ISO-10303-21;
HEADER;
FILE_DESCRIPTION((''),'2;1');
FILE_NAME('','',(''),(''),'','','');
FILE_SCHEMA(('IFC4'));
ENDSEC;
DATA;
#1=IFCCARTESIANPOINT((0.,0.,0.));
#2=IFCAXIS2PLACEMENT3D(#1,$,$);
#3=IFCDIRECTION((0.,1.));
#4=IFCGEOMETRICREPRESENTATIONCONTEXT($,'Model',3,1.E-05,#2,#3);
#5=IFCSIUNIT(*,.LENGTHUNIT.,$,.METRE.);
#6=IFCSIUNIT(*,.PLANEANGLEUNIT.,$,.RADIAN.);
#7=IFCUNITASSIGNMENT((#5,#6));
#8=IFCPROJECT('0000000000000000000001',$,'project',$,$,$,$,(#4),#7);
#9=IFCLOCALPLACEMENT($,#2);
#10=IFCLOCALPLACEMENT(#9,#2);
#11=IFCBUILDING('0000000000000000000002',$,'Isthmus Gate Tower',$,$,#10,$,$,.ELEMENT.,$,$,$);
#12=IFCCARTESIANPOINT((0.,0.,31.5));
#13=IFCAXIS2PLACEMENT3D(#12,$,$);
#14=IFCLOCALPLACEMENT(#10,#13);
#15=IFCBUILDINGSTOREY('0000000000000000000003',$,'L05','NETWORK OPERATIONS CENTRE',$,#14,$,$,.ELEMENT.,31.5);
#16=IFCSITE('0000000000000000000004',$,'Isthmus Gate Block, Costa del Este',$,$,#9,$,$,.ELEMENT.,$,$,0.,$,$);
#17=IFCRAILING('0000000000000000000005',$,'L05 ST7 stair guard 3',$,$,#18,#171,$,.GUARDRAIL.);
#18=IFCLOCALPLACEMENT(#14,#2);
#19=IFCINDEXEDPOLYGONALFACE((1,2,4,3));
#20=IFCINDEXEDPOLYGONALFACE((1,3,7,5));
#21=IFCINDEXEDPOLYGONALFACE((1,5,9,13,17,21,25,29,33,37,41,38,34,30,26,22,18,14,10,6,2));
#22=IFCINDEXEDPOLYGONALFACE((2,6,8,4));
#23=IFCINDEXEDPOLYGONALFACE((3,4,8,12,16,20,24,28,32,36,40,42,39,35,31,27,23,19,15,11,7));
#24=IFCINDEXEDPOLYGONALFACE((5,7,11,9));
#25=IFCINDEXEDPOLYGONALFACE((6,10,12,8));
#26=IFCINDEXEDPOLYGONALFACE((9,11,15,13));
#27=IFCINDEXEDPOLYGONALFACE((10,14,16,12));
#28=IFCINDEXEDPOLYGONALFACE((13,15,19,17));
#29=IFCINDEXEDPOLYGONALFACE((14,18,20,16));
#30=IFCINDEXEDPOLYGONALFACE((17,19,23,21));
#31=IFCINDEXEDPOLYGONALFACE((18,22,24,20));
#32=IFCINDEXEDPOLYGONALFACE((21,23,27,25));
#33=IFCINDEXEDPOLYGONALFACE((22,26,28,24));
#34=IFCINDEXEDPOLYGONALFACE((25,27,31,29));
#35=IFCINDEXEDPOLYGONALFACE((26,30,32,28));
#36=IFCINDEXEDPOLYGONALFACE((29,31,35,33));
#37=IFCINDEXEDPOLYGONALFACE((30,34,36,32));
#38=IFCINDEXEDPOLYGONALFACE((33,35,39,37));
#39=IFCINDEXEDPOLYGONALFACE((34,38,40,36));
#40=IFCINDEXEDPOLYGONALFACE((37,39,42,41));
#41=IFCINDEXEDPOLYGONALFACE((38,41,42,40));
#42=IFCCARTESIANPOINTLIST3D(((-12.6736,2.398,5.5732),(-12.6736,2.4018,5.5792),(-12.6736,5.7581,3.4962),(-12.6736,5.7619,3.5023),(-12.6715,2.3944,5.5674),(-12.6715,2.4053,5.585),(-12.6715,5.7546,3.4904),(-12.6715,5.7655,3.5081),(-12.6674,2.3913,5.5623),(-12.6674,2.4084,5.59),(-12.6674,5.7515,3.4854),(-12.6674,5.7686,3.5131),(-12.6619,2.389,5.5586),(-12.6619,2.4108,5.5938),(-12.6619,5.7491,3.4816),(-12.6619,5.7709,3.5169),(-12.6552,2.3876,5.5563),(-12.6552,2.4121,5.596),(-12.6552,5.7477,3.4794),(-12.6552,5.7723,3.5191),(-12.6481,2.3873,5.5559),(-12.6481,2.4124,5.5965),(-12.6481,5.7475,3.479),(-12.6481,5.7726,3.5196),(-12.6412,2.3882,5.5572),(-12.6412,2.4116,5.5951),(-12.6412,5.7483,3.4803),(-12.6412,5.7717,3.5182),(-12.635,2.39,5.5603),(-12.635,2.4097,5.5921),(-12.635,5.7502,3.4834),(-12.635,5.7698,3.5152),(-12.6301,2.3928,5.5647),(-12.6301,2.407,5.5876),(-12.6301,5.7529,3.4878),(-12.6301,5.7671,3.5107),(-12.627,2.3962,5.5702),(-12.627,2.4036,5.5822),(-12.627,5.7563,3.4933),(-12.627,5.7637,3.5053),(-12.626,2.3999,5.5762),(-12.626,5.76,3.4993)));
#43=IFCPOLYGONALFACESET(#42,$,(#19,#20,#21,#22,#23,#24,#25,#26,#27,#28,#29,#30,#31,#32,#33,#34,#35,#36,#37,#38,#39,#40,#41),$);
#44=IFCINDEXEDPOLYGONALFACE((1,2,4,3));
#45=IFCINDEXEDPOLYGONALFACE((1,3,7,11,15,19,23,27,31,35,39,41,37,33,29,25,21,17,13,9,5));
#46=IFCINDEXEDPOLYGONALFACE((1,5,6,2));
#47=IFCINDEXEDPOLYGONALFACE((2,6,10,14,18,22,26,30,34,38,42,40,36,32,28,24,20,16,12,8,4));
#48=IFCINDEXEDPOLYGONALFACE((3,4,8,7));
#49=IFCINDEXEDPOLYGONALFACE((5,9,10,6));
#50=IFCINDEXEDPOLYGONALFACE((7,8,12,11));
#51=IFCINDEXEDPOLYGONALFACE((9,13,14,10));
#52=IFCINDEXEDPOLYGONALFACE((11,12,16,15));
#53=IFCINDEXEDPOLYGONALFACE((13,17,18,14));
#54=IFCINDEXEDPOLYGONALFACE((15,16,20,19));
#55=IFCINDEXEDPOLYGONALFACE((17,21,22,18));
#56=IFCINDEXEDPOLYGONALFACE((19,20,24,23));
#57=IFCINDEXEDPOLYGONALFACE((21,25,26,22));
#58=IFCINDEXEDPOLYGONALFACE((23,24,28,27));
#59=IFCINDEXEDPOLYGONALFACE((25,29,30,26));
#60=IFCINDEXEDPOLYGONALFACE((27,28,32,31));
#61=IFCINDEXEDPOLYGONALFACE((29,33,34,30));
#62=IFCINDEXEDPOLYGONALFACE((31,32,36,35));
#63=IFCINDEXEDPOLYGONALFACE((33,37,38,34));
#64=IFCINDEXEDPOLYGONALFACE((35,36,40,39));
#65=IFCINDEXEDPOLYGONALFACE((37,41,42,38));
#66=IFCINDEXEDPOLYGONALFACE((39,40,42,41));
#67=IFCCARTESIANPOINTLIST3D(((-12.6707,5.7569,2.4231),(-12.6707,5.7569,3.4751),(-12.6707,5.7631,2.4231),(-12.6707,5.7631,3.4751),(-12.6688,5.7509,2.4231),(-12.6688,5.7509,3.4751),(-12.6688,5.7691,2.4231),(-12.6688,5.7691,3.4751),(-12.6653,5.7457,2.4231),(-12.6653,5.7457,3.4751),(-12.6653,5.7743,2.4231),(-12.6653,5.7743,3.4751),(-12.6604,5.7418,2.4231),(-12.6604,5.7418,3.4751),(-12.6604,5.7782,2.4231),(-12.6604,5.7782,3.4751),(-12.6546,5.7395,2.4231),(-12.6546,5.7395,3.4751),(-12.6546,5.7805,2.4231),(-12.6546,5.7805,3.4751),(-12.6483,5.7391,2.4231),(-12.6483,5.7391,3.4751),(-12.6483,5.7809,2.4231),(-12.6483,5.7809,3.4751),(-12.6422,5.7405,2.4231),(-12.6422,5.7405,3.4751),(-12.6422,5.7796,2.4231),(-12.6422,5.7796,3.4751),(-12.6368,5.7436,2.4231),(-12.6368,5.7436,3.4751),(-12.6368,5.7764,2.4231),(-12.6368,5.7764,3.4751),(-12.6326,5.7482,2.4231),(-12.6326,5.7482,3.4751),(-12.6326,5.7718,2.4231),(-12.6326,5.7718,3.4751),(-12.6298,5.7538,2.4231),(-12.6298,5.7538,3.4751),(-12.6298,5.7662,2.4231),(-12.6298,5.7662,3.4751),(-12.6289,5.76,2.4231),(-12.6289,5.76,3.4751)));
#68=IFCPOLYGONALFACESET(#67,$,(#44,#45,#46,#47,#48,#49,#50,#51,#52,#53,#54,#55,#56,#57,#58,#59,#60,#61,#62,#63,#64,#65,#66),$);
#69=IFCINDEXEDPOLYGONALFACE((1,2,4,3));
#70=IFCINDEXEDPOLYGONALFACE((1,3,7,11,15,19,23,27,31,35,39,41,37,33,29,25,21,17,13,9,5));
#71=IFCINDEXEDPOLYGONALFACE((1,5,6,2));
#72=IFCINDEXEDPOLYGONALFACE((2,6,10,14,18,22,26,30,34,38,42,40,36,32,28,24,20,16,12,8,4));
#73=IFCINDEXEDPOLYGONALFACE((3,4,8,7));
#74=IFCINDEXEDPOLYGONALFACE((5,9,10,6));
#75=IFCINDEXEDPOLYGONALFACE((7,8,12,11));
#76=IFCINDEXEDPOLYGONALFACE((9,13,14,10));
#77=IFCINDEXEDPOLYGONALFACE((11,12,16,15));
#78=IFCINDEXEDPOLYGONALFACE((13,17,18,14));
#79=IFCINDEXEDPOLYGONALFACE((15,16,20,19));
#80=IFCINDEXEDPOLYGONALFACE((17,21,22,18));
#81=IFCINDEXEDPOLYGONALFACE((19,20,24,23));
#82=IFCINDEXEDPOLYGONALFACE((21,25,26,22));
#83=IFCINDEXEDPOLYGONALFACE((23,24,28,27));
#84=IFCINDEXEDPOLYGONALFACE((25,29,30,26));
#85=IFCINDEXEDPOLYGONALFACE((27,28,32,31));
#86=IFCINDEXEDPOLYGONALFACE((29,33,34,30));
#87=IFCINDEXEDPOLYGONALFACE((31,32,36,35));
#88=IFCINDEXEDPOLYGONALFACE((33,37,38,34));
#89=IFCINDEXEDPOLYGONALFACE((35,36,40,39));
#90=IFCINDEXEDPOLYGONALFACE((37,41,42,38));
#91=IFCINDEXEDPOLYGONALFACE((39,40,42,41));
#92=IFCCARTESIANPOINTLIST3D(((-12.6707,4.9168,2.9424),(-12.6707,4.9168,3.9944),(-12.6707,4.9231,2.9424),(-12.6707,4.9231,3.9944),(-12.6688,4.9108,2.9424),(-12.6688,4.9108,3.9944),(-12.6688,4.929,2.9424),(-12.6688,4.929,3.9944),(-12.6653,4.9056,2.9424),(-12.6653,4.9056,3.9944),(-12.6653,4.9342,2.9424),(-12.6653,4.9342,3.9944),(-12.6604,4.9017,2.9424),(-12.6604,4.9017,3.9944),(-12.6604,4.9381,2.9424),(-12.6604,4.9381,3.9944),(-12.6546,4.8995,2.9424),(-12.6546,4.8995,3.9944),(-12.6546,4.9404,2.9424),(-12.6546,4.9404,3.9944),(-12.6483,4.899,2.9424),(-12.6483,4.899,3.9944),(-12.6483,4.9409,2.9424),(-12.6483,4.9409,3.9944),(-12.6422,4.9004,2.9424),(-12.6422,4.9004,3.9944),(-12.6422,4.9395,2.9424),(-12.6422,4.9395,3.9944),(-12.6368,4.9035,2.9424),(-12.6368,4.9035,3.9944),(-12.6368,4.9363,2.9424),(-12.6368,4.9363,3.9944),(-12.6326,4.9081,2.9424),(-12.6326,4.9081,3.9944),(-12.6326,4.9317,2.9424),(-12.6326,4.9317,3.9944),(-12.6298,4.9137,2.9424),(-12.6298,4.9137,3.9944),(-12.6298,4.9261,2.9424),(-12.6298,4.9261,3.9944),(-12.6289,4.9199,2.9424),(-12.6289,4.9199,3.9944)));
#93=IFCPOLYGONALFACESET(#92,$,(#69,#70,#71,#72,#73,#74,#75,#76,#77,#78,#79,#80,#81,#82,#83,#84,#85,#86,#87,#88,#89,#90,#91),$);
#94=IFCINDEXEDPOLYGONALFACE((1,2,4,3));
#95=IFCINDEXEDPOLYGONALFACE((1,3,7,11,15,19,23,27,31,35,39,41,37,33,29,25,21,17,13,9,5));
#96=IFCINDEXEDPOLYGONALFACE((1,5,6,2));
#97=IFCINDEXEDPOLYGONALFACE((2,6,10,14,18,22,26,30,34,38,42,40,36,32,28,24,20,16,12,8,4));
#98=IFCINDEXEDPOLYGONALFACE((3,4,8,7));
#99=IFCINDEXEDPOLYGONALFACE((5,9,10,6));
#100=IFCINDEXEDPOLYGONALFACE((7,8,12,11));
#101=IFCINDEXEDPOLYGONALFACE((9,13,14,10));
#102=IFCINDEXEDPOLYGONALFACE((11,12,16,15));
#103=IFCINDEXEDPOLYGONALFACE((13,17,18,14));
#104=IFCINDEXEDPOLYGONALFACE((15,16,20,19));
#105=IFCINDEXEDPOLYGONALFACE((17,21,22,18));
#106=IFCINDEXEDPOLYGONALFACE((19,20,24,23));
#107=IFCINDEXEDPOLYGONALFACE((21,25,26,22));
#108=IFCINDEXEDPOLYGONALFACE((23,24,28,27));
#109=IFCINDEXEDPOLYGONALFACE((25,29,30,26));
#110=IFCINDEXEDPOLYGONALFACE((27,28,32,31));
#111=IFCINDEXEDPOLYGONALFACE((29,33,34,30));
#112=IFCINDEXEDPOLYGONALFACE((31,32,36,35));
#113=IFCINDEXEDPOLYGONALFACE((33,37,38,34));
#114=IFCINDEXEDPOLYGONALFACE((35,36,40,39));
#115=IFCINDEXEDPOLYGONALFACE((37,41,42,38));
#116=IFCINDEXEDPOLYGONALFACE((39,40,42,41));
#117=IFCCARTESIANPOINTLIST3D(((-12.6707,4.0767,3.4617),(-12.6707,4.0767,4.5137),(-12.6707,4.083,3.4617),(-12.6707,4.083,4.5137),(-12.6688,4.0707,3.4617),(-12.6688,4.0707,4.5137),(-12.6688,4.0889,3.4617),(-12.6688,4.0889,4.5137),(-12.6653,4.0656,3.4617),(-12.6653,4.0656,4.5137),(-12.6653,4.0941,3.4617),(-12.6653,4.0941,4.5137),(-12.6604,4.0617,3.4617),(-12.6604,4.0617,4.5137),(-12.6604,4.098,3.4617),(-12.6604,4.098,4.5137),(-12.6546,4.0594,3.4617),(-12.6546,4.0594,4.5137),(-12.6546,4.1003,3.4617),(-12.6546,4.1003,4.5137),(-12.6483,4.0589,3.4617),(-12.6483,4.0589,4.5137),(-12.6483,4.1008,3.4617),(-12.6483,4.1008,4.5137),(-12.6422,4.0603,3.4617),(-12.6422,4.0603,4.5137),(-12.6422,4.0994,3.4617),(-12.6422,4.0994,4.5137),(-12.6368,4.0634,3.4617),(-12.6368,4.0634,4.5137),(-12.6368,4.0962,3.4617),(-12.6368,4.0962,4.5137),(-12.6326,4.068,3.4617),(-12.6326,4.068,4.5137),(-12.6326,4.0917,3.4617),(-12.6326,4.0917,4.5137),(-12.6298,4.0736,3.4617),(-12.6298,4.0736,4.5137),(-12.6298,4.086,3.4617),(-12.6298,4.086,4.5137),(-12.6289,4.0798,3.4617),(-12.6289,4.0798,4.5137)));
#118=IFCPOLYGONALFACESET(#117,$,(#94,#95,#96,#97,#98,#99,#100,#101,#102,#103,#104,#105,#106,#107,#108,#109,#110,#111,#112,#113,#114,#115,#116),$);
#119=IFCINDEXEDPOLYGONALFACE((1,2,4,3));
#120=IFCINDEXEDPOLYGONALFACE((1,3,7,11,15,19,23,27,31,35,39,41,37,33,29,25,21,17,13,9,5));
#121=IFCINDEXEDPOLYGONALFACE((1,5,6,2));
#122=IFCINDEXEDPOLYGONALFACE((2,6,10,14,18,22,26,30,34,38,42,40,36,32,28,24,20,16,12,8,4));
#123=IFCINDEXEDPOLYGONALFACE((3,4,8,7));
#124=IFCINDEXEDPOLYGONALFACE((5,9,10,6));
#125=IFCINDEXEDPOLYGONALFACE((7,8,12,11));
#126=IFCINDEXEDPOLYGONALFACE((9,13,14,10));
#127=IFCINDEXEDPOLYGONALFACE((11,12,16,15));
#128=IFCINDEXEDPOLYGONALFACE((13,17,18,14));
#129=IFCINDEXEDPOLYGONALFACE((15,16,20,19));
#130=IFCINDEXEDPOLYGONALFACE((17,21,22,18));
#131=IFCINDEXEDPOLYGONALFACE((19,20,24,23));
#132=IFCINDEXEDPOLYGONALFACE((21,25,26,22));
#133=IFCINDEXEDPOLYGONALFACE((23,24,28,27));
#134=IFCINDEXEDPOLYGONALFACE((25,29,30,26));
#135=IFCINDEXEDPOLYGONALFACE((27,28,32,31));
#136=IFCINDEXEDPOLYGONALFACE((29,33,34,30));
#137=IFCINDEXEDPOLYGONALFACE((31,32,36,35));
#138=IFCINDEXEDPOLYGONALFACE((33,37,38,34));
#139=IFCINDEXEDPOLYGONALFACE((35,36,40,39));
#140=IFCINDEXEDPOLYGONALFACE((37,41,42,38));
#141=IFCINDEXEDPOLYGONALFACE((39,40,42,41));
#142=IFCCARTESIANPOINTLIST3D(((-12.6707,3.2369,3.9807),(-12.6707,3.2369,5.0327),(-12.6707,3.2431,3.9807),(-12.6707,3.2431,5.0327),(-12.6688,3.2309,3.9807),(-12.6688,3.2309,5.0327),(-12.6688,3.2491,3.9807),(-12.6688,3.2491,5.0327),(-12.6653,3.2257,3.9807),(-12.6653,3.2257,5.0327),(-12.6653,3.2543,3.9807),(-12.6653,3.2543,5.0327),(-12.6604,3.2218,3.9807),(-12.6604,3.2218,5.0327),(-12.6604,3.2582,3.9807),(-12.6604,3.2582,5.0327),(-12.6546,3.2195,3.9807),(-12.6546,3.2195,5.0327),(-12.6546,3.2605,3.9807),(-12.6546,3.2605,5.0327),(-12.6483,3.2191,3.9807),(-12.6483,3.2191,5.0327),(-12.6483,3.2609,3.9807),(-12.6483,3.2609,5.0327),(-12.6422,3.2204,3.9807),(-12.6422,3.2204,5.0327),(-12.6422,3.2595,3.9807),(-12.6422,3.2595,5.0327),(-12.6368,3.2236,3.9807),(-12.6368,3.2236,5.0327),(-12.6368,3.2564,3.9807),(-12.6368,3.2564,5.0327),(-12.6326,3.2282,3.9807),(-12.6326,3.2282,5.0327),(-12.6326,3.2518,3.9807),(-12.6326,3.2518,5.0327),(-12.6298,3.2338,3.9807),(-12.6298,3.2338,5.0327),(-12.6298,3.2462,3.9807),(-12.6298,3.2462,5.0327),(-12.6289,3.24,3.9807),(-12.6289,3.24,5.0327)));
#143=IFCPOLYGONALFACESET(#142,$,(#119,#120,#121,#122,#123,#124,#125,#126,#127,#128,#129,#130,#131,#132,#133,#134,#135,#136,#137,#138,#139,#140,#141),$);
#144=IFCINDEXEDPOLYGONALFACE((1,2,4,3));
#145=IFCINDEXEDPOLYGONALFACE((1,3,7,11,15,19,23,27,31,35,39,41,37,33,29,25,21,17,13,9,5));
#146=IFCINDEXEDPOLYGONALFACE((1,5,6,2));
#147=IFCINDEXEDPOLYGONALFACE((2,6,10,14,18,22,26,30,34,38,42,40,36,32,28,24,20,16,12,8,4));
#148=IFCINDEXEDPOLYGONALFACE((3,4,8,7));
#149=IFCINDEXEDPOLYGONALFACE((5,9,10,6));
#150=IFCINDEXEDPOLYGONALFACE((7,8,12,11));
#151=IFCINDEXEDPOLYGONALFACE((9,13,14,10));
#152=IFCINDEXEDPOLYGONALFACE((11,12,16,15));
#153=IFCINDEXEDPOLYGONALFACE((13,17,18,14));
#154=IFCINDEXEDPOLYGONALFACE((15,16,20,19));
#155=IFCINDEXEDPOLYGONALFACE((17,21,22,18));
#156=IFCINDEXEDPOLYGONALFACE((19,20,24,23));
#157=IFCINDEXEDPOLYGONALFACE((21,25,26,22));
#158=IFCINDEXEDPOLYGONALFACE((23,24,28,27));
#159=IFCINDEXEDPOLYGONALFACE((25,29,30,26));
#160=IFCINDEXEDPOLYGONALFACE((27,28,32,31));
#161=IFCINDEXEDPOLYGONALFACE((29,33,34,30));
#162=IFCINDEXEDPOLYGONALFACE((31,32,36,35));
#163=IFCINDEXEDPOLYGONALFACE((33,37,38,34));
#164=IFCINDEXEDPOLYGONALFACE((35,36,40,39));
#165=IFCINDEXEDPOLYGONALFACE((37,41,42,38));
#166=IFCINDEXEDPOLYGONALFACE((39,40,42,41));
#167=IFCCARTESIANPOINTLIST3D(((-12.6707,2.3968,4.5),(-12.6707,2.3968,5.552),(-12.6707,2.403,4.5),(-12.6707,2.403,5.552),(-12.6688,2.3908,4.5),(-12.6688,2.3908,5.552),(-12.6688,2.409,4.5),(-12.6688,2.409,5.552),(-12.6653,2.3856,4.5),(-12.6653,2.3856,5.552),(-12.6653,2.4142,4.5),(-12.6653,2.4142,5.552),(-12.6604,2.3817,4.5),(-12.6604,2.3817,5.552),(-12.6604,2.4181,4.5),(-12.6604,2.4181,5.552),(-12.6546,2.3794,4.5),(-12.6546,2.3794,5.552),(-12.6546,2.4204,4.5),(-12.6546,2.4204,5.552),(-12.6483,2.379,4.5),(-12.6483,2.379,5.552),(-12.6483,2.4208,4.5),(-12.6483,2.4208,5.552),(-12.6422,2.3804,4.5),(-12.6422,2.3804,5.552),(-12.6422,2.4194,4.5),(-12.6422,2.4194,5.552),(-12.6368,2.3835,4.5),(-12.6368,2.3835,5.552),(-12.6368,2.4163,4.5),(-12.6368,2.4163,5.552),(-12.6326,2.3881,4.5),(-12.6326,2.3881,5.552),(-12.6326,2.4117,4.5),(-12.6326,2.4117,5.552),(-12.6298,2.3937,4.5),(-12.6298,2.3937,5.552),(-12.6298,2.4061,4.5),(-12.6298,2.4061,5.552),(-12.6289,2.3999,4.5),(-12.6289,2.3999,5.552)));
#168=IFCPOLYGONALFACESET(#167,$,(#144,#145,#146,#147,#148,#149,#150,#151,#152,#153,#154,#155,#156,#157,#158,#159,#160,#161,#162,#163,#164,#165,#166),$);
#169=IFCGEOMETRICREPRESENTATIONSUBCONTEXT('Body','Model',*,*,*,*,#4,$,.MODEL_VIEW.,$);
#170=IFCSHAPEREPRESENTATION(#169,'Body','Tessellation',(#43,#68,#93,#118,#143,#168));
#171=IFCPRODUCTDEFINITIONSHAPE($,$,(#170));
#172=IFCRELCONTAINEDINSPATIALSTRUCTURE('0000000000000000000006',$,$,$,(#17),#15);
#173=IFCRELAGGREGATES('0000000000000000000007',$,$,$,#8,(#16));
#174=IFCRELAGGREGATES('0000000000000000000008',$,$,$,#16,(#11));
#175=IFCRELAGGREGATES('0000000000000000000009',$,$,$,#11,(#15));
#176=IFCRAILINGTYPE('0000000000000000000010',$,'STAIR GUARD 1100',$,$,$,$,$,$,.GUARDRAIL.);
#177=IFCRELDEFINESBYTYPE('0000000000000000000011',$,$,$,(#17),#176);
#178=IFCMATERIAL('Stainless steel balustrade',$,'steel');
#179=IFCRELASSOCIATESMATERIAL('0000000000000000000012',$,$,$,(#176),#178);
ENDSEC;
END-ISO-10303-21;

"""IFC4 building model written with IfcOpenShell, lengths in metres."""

from ifc_helpers import new_model, si_unit, direction, frame, origin, origin_2d, place, context, subcontext, project, spatial, circle, extrude, material, type_object, element, save


model = new_model("IFC4")

# Units and contexts
model_context = context("Model", 3, precision=1e-05, world=origin(), true_north=direction((0.0, 1.0)))
body_context = subcontext(model_context, "Body", "Model", "MODEL_VIEW")
ifc_project = project(units=[si_unit("LENGTHUNIT", "METRE"), si_unit("PLANEANGLEUNIT", "RADIAN")], contexts=[model_context])

# Site, building, storey
site_placement = place(None, origin())
site = spatial("IfcSite", under=ifc_project, at=site_placement, Name="Isthmus Gate Block, Costa del Este", CompositionType="ELEMENT", RefElevation=0.0)
building_placement = place(site_placement, origin())
building = spatial("IfcBuilding", under=site, at=building_placement, Name="Isthmus Gate Tower", CompositionType="ELEMENT")
storey_placement = place(building_placement, frame((0.0, 0.0, 31.5)))
storey = spatial("IfcBuildingStorey", under=building, at=storey_placement, Name="L05", Description="NETWORK OPERATIONS CENTRE", CompositionType="ELEMENT", Elevation=31.5)

# Railing
ifc_material_1 = material(Name="Stainless steel balustrade", Category="steel")
railing_type_1 = type_object("IfcRailingType", Name="STAIR GUARD 1100", PredefinedType="GUARDRAIL", material=ifc_material_1)
railing_1_placement = place(storey_placement, frame((-12.6499, 5.76, 2.4231)))
element("IfcRailing", 1, at=railing_1_placement, inside=storey, type_object=railing_type_1, Name="L05 ST7 stair guard 3", PredefinedType="GUARDRAIL", context=body_context, shape_type="SweptSolid", body=[
    extrude(circle(Radius=0.0239, at=origin_2d()), frame((0.0, 0.0, 1.0762), z_axis=(0.0, -0.850623, 0.525776), x_axis=(1.0, 0.0, 0.0)), (0.0, 0.0, 1.0), 3.9502),
    extrude(circle(Radius=0.021, at=origin_2d()), origin(), (0.0, 0.0, 1.0), 1.052),
    extrude(circle(Radius=0.021, at=origin_2d()), frame((0.0, -0.8401, 0.5193)), (0.0, 0.0, 1.0), 1.052),
    extrude(circle(Radius=0.021, at=origin_2d()), frame((0.0, -1.6802, 1.0386)), (0.0, 0.0, 1.0), 1.052),
    extrude(circle(Radius=0.021, at=origin_2d()), frame((0.0, -2.52, 1.5576)), (0.0, 0.0, 1.0), 1.052),
    extrude(circle(Radius=0.021, at=origin_2d()), frame((0.0, -3.3601, 2.0769)), (0.0, 0.0, 1.0), 1.052),
])

save(model, "model.ifc")
